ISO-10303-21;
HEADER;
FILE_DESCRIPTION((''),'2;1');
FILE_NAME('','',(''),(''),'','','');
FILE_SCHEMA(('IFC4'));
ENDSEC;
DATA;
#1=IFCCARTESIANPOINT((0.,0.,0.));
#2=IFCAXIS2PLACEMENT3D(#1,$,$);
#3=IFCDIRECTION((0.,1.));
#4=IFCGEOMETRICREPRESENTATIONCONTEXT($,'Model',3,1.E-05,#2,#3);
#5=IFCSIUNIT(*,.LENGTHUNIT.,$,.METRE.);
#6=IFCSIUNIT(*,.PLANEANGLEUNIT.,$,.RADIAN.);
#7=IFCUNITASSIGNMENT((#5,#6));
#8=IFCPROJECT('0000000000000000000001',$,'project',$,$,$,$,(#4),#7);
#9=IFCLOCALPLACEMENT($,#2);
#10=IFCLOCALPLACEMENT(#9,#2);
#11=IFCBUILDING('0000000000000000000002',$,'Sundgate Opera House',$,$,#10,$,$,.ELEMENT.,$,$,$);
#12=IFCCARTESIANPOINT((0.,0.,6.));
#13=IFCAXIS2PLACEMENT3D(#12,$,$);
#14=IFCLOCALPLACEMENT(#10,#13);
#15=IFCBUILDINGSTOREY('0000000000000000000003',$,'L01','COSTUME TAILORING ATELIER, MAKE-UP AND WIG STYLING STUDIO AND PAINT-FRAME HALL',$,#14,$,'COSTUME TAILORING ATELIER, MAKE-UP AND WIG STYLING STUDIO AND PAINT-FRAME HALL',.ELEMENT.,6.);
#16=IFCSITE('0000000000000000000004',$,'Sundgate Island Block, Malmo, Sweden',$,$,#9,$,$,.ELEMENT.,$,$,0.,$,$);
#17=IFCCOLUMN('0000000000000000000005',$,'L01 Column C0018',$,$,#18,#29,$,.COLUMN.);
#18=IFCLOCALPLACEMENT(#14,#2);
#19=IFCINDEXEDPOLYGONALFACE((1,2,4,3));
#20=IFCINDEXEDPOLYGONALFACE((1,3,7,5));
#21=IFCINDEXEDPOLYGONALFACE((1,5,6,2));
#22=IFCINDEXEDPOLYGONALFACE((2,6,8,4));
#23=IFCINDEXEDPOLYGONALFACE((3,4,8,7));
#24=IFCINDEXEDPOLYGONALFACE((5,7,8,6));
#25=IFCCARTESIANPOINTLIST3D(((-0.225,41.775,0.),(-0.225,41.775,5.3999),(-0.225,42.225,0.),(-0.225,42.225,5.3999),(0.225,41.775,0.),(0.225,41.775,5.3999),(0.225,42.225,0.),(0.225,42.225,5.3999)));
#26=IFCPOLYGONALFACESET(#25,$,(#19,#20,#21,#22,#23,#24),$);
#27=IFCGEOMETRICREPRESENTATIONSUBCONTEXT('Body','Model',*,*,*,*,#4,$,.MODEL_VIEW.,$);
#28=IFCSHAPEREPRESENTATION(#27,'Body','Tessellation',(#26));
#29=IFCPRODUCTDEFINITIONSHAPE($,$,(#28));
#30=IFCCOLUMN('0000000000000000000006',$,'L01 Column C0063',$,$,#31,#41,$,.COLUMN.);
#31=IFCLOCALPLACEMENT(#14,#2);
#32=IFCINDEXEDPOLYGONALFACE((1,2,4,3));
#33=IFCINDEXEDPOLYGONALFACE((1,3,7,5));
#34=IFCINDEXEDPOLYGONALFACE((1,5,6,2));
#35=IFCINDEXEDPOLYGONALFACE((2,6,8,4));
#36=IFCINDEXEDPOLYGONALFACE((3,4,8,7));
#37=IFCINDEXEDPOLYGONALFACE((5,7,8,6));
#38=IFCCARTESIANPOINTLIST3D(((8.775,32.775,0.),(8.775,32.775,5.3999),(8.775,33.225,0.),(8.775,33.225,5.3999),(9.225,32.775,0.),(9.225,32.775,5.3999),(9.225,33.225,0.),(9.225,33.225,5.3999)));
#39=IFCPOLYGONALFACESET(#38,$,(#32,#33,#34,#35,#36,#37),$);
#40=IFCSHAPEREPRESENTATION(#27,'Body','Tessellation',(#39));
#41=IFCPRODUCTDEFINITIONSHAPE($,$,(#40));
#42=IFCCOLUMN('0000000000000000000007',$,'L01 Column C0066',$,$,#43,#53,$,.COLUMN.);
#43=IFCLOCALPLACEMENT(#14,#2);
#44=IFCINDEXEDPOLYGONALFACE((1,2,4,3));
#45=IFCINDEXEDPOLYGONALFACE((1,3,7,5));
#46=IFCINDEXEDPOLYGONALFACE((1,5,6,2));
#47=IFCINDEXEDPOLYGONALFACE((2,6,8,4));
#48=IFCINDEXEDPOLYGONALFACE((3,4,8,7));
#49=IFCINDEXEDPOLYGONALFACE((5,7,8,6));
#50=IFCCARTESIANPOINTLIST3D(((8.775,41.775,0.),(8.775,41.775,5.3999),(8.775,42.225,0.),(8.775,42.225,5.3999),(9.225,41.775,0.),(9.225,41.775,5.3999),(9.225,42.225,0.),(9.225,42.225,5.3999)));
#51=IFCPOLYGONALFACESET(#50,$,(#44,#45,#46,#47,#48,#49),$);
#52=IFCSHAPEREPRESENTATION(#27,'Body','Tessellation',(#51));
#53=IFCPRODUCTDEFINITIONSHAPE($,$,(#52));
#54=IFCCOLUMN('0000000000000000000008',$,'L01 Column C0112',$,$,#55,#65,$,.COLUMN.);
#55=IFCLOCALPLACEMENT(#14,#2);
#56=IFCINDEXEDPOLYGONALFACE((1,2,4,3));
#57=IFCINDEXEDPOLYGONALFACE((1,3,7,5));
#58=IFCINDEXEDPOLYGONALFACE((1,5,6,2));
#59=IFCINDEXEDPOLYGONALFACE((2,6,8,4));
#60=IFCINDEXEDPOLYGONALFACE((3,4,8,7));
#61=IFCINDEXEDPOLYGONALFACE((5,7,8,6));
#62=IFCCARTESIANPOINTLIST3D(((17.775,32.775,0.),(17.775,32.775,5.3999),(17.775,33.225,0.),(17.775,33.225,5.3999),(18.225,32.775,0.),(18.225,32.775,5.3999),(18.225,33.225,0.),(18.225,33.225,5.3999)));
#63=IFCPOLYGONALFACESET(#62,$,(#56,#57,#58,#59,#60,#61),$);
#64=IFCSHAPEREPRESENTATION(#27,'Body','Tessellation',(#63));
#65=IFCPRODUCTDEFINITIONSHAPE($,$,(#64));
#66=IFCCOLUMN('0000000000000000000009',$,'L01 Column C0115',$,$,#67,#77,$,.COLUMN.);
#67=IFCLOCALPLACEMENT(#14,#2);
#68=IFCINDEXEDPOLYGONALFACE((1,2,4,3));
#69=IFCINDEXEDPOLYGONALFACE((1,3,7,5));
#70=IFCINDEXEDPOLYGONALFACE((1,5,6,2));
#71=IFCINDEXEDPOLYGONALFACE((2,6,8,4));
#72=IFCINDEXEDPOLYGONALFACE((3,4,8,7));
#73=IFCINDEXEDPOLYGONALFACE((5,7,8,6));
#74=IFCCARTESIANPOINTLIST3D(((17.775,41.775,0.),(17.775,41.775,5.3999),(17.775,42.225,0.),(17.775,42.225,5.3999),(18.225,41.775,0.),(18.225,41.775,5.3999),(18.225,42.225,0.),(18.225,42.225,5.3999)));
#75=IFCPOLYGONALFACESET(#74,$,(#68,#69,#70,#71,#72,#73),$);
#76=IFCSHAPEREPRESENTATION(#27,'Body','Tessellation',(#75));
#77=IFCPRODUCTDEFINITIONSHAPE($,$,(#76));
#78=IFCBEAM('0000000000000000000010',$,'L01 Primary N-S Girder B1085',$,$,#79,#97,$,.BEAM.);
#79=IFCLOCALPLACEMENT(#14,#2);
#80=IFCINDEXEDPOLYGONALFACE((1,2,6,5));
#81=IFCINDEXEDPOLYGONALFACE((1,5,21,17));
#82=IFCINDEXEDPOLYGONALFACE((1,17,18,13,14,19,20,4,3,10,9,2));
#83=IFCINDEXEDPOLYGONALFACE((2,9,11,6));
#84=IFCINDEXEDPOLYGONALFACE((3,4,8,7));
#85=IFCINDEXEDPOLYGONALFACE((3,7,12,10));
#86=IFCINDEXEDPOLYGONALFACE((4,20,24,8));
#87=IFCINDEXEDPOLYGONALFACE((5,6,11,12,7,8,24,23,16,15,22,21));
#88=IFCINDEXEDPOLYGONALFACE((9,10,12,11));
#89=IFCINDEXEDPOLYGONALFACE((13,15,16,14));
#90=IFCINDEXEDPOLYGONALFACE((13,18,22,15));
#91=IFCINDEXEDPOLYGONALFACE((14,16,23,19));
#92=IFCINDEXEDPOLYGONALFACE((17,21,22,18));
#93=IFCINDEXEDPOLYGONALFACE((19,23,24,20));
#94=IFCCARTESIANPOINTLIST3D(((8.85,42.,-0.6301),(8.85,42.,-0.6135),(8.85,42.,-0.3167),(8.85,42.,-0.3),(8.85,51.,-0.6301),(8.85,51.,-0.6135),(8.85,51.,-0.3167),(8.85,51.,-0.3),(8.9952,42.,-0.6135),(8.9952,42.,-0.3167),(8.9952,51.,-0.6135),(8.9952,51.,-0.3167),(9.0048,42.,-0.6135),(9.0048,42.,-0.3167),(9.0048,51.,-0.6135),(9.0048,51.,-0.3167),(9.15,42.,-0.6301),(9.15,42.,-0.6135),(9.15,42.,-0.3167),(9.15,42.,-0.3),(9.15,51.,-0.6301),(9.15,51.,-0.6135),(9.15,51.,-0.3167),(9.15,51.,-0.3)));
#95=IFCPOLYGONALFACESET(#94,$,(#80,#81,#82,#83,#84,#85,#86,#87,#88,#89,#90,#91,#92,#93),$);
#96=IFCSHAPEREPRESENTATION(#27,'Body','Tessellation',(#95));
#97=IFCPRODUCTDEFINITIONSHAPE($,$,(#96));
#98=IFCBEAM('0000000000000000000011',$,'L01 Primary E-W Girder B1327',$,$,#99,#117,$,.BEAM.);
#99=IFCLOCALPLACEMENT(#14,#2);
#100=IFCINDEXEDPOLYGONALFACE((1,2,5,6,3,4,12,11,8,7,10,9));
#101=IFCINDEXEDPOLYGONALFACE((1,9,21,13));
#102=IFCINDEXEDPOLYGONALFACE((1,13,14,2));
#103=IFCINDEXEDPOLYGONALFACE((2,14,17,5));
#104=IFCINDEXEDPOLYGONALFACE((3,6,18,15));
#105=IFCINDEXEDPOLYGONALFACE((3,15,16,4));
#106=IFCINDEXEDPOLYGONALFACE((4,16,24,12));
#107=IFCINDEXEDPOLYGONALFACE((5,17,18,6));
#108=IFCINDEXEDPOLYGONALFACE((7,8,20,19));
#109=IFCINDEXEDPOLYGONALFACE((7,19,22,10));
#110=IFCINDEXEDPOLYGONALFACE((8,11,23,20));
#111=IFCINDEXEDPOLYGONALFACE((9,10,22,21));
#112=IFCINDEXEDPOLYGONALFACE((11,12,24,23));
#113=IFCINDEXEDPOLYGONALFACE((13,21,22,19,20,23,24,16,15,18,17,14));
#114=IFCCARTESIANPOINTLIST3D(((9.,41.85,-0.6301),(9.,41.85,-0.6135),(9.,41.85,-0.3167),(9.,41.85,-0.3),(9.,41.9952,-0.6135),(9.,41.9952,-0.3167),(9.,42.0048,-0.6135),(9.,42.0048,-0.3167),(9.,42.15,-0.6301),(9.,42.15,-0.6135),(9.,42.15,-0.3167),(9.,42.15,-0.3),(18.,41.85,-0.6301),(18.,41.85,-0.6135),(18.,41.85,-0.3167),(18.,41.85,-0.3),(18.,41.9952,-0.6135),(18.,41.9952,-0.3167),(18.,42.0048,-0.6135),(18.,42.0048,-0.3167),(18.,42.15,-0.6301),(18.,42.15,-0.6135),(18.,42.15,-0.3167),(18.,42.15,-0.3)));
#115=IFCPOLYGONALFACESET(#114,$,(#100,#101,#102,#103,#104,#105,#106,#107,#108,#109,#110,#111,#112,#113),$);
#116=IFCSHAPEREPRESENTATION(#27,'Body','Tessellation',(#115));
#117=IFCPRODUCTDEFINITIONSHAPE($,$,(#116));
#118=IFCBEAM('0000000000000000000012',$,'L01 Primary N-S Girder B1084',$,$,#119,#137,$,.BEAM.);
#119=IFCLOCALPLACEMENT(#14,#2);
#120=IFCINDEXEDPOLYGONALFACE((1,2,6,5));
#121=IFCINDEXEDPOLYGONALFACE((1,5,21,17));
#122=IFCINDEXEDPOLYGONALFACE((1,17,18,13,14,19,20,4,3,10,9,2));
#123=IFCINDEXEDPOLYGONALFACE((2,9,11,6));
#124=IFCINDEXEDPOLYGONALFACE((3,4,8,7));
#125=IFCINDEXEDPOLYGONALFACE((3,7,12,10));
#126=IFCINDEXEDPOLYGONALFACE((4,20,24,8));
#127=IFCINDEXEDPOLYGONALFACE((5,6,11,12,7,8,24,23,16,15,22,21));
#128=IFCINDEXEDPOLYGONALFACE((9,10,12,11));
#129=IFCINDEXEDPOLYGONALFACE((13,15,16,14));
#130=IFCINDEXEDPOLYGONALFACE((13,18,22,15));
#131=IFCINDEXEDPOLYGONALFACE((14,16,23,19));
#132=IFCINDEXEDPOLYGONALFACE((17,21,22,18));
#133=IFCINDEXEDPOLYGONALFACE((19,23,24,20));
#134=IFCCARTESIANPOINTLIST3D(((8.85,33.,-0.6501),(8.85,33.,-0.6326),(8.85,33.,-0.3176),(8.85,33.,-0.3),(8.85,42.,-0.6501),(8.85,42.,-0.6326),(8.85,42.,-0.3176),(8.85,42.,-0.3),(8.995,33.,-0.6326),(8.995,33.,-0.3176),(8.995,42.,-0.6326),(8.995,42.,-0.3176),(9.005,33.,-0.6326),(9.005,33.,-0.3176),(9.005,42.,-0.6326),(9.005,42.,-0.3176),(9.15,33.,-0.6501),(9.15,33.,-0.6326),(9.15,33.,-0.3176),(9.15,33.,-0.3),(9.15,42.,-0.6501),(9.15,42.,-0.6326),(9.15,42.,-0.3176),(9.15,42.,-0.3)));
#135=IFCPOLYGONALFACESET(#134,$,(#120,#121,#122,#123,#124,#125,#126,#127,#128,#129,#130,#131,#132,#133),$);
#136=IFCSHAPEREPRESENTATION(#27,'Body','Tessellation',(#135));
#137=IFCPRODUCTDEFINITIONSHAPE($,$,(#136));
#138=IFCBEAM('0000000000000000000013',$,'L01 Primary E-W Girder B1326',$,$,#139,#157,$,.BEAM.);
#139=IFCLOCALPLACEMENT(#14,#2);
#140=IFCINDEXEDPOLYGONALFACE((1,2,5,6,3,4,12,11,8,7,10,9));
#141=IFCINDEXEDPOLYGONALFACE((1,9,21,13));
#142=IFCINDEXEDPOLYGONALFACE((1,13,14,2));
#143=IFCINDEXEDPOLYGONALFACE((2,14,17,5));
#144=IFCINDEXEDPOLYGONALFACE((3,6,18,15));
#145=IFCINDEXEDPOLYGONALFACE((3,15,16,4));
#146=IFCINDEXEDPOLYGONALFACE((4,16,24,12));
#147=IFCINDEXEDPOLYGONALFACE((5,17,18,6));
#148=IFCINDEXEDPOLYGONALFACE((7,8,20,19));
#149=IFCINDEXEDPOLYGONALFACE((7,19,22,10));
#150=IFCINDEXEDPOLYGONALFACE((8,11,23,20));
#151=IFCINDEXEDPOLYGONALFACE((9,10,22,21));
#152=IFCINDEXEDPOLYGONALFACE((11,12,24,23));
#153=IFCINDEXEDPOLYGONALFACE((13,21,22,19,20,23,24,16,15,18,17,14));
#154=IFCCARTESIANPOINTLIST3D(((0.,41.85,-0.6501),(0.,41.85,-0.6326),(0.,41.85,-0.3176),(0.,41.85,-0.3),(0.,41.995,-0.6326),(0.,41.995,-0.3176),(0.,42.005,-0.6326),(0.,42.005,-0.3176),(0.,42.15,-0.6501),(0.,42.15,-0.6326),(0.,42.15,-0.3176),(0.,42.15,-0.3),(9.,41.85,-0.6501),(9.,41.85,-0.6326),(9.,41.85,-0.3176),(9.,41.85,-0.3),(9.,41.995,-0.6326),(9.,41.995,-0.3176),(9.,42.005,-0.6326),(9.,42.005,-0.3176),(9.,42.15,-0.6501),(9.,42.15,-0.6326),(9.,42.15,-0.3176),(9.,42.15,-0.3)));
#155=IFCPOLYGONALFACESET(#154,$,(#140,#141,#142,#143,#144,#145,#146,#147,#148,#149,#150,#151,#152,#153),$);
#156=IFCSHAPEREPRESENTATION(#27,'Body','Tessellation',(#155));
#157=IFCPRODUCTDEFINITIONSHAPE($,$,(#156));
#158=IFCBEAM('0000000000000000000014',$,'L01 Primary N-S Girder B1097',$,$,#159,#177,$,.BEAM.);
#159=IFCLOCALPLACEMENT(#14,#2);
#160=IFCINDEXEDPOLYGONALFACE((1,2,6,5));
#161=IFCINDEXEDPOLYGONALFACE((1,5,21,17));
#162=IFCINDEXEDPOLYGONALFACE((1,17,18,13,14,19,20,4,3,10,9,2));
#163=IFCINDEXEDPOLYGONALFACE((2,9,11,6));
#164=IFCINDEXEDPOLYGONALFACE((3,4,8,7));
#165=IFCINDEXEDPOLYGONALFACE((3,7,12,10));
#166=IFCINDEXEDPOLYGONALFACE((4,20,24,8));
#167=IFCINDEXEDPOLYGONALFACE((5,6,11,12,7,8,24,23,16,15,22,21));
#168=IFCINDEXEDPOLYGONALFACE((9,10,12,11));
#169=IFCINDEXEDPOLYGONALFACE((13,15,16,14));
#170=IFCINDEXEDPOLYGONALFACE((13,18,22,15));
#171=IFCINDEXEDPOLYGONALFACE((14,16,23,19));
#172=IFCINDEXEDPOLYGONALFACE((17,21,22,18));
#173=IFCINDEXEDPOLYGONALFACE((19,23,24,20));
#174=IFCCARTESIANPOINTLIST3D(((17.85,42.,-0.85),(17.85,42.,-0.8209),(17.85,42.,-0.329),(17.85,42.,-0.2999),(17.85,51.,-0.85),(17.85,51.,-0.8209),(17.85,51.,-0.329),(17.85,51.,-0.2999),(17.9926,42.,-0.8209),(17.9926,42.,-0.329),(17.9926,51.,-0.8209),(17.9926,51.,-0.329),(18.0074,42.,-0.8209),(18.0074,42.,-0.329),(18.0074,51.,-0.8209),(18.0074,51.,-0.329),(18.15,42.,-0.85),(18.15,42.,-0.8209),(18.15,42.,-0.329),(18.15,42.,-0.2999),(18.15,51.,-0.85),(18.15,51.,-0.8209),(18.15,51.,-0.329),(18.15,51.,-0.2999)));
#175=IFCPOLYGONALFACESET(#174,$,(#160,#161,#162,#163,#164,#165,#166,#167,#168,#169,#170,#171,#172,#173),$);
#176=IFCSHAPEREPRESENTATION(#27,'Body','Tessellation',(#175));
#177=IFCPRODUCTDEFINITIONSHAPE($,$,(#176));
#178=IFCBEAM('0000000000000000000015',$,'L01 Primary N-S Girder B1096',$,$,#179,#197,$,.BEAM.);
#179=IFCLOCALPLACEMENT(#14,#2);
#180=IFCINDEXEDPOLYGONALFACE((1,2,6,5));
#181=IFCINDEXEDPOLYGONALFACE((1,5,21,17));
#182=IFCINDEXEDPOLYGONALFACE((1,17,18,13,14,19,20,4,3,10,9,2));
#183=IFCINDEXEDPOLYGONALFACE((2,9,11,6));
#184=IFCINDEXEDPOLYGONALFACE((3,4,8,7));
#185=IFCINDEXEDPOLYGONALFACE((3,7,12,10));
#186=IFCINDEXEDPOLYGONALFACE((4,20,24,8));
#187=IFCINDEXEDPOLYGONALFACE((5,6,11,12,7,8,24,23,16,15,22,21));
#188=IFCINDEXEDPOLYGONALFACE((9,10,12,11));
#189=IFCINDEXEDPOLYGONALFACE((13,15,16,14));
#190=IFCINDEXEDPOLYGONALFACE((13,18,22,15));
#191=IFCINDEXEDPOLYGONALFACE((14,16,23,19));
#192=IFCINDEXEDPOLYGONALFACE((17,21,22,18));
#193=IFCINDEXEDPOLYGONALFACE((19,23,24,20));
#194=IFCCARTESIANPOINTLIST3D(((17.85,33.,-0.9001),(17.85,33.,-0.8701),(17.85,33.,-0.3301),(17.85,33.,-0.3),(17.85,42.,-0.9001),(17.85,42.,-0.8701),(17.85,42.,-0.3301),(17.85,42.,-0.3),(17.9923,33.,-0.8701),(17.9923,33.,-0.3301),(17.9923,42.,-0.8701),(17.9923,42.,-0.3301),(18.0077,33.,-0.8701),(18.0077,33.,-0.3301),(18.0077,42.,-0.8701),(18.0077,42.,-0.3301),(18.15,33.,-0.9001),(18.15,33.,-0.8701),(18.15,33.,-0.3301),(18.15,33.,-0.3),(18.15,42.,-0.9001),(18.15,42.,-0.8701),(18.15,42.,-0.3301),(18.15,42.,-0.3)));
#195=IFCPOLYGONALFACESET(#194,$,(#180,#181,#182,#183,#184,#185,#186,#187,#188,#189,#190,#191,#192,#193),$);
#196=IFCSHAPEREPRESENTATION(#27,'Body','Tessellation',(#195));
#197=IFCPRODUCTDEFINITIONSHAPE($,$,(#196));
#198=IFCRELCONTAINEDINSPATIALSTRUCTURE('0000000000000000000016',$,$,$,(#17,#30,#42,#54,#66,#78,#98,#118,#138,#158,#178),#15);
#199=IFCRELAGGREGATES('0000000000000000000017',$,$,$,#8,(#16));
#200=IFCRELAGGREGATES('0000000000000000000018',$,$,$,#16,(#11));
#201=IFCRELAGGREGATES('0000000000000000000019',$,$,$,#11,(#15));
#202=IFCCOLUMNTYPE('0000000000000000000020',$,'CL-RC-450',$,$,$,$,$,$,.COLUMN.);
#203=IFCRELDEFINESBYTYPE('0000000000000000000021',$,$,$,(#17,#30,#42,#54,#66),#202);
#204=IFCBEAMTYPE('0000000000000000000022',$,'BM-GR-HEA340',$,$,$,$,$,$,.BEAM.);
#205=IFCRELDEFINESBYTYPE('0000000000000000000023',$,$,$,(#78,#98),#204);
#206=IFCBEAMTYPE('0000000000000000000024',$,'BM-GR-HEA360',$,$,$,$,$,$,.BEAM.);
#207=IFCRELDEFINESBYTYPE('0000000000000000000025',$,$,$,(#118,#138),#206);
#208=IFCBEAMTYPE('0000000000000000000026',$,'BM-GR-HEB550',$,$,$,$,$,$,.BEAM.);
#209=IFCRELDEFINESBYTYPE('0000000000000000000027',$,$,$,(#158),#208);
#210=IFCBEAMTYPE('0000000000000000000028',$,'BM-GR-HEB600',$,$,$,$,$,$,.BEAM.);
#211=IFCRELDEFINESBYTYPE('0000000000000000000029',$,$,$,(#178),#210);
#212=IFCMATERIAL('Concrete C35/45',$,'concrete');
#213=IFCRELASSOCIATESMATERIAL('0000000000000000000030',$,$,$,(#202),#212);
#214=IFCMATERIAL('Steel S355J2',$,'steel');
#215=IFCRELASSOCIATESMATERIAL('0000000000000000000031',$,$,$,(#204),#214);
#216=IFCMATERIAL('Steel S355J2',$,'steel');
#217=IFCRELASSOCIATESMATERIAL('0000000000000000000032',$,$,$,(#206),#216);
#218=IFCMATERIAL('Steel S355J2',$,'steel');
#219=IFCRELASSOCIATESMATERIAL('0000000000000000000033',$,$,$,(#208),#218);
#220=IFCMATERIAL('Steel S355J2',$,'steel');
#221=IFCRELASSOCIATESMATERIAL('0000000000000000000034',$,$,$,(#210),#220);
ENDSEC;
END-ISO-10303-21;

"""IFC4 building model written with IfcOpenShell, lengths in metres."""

from ifc_helpers import new_model, si_unit, direction, frame, origin, origin_2d, place, context, subcontext, project, spatial, rectangle, i_section, extrude, material, material_profile, profile_set, type_object, element, save


model = new_model("IFC4")

# Units and contexts
model_context = context("Model", 3, precision=1e-05, world=origin(), true_north=direction((0.0, 1.0)))
body_context = subcontext(model_context, "Body", "Model", "MODEL_VIEW")
ifc_project = project(units=[si_unit("LENGTHUNIT", "METRE"), si_unit("PLANEANGLEUNIT", "RADIAN")], contexts=[model_context])

# Site, building, storey
site_placement = place(None, origin())
site = spatial("IfcSite", under=ifc_project, at=site_placement, Name="Sundgate Island Block, Malmo, Sweden", CompositionType="ELEMENT", RefElevation=0.0)
building_placement = place(site_placement, origin())
building = spatial("IfcBuilding", under=site, at=building_placement, Name="Sundgate Opera House", CompositionType="ELEMENT")
storey_placement = place(building_placement, frame((0.0, 0.0, 6.0)))
storey = spatial("IfcBuildingStorey", under=building, at=storey_placement, Name="L01", Description="COSTUME TAILORING ATELIER, MAKE-UP AND WIG STYLING STUDIO AND PAINT-FRAME HALL", LongName="COSTUME TAILORING ATELIER, MAKE-UP AND WIG STYLING STUDIO AND PAINT-FRAME HALL", CompositionType="ELEMENT", Elevation=6.0)

# Columns
ifc_material_1 = material(Name="Concrete C35/45", Category="concrete")
ifc_material_profile_1 = material_profile(ifc_material_1, rectangle(XDim=0.45, YDim=0.45, at=origin_2d()), Name="RC 450x450")
ifc_profile_set_1 = profile_set([ifc_material_profile_1], Name="Concrete C35/45")
column_type = type_object("IfcColumnType", Name="CL-RC-450", PredefinedType="COLUMN", material=ifc_profile_set_1)
for number, where, z_axis, x_axis, name in (
    (1, (0.0, 42.0, 0.0), (0.0, 0.0, 1.0), (1.0, 0.0, 0.0), "L01 Column C0018"),
    (2, (9.0, 33.0, 0.0), (0.0, 0.0, 1.0), (1.0, 0.0, 0.0), "L01 Column C0063"),
    (3, (9.0, 42.0, 0.0), (0.0, 0.0, 1.0), (1.0, 0.0, 0.0), "L01 Column C0066"),
    (4, (18.0, 33.0, 0.0), (0.0, 0.0, 1.0), (1.0, 0.0, 0.0), "L01 Column C0112"),
    (5, (18.0, 42.0, 0.0), (0.0, 0.0, 1.0), (1.0, 0.0, 0.0), "L01 Column C0115"),
):
    element("IfcColumn", number, at=place(storey_placement, frame(where, z_axis=z_axis, x_axis=x_axis)), inside=storey, type_object=column_type, Name=name, PredefinedType="COLUMN", context=body_context, shape_type="SweptSolid", body=[
        extrude(rectangle(XDim=0.45, YDim=0.45, at=origin_2d()), origin(), (0.0, 0.0, 1.0), 5.3999),
    ])

# Beams
ifc_material_2 = material(Name="Steel S355J2", Category="steel")
ifc_material_profile_2 = material_profile(ifc_material_2, i_section(OverallWidth=0.3, OverallDepth=0.3301, WebThickness=0.0095, FlangeThickness=0.0166, at=origin_2d()), Name="HEA 340")
ifc_profile_set_2 = profile_set([ifc_material_profile_2], Name="Steel S355J2")
beam_type_1 = type_object("IfcBeamType", Name="BM-GR-HEA340", PredefinedType="BEAM", material=ifc_profile_set_2)
for number, where, z_axis, x_axis, name in (
    (6, (9.0, 42.0, -0.4651), (0.0, 1.0, 0.0), (-1.0, 0.0, 0.0), "L01 Primary N-S Girder B1085"),
    (7, (9.0, 42.0, -0.4651), (1.0, 0.0, 0.0), (0.0, 1.0, 0.0), "L01 Primary E-W Girder B1327"),
):
    element("IfcBeam", number, at=place(storey_placement, frame(where, z_axis=z_axis, x_axis=x_axis)), inside=storey, type_object=beam_type_1, Name=name, PredefinedType="BEAM", context=body_context, shape_type="SweptSolid", body=[
        extrude(i_section(OverallWidth=0.3, OverallDepth=0.3301, WebThickness=0.0095, FlangeThickness=0.0166, at=origin_2d()), origin(), (0.0, 0.0, 1.0), 9.0),
    ])
ifc_material_3 = material(Name="Steel S355J2", Category="steel")
ifc_material_profile_3 = material_profile(ifc_material_3, i_section(OverallWidth=0.3, OverallDepth=0.3501, WebThickness=0.01, FlangeThickness=0.0176, at=origin_2d()), Name="HEA 360")
ifc_profile_set_3 = profile_set([ifc_material_profile_3], Name="Steel S355J2")
beam_type_2 = type_object("IfcBeamType", Name="BM-GR-HEA360", PredefinedType="BEAM", material=ifc_profile_set_3)
for number, where, z_axis, x_axis, name in (
    (8, (9.0, 33.0, -0.4751), (0.0, 1.0, 0.0), (-1.0, 0.0, 0.0), "L01 Primary N-S Girder B1084"),
    (9, (0.0, 42.0, -0.4751), (1.0, 0.0, 0.0), (0.0, 1.0, 0.0), "L01 Primary E-W Girder B1326"),
):
    element("IfcBeam", number, at=place(storey_placement, frame(where, z_axis=z_axis, x_axis=x_axis)), inside=storey, type_object=beam_type_2, Name=name, PredefinedType="BEAM", context=body_context, shape_type="SweptSolid", body=[
        extrude(i_section(OverallWidth=0.3, OverallDepth=0.3501, WebThickness=0.01, FlangeThickness=0.0176, at=origin_2d()), origin(), (0.0, 0.0, 1.0), 9.0),
    ])
ifc_material_4 = material(Name="Steel S355J2", Category="steel")
ifc_material_profile_4 = material_profile(ifc_material_4, i_section(OverallWidth=0.3, OverallDepth=0.55, WebThickness=0.0149, FlangeThickness=0.0291, at=origin_2d()), Name="HEB 550")
ifc_profile_set_4 = profile_set([ifc_material_profile_4], Name="Steel S355J2")
beam_type_3 = type_object("IfcBeamType", Name="BM-GR-HEB550", PredefinedType="BEAM", material=ifc_profile_set_4)
beam_1_placement = place(storey_placement, frame((18.0, 42.0, -0.575), z_axis=(0.0, 1.0, 0.0), x_axis=(-1.0, 0.0, 0.0)))
element("IfcBeam", 10, at=beam_1_placement, inside=storey, type_object=beam_type_3, Name="L01 Primary N-S Girder B1097", PredefinedType="BEAM", context=body_context, shape_type="SweptSolid", body=[
    extrude(i_section(OverallWidth=0.3, OverallDepth=0.55, WebThickness=0.0149, FlangeThickness=0.0291, at=origin_2d()), origin(), (0.0, 0.0, 1.0), 9.0),
])
ifc_material_5 = material(Name="Steel S355J2", Category="steel")
ifc_material_profile_5 = material_profile(ifc_material_5, i_section(OverallWidth=0.3, OverallDepth=0.6001, WebThickness=0.0154, FlangeThickness=0.03, at=origin_2d()), Name="HEB 600")
ifc_profile_set_5 = profile_set([ifc_material_profile_5], Name="Steel S355J2")
beam_type_4 = type_object("IfcBeamType", Name="BM-GR-HEB600", PredefinedType="BEAM", material=ifc_profile_set_5)
for number, where, z_axis, x_axis, name in (
    (11, (18.0, 33.0, -0.6001), (0.0, 1.0, 0.0), (-1.0, 0.0, 0.0), "L01 Primary N-S Girder B1096"),
):
    element("IfcBeam", number, at=place(storey_placement, frame(where, z_axis=z_axis, x_axis=x_axis)), inside=storey, type_object=beam_type_4, Name=name, PredefinedType="BEAM", context=body_context, shape_type="SweptSolid", body=[
        extrude(i_section(OverallWidth=0.3, OverallDepth=0.6001, WebThickness=0.0154, FlangeThickness=0.03, at=origin_2d()), origin(), (0.0, 0.0, 1.0), 9.0),
    ])

save(model, "model.ifc")
